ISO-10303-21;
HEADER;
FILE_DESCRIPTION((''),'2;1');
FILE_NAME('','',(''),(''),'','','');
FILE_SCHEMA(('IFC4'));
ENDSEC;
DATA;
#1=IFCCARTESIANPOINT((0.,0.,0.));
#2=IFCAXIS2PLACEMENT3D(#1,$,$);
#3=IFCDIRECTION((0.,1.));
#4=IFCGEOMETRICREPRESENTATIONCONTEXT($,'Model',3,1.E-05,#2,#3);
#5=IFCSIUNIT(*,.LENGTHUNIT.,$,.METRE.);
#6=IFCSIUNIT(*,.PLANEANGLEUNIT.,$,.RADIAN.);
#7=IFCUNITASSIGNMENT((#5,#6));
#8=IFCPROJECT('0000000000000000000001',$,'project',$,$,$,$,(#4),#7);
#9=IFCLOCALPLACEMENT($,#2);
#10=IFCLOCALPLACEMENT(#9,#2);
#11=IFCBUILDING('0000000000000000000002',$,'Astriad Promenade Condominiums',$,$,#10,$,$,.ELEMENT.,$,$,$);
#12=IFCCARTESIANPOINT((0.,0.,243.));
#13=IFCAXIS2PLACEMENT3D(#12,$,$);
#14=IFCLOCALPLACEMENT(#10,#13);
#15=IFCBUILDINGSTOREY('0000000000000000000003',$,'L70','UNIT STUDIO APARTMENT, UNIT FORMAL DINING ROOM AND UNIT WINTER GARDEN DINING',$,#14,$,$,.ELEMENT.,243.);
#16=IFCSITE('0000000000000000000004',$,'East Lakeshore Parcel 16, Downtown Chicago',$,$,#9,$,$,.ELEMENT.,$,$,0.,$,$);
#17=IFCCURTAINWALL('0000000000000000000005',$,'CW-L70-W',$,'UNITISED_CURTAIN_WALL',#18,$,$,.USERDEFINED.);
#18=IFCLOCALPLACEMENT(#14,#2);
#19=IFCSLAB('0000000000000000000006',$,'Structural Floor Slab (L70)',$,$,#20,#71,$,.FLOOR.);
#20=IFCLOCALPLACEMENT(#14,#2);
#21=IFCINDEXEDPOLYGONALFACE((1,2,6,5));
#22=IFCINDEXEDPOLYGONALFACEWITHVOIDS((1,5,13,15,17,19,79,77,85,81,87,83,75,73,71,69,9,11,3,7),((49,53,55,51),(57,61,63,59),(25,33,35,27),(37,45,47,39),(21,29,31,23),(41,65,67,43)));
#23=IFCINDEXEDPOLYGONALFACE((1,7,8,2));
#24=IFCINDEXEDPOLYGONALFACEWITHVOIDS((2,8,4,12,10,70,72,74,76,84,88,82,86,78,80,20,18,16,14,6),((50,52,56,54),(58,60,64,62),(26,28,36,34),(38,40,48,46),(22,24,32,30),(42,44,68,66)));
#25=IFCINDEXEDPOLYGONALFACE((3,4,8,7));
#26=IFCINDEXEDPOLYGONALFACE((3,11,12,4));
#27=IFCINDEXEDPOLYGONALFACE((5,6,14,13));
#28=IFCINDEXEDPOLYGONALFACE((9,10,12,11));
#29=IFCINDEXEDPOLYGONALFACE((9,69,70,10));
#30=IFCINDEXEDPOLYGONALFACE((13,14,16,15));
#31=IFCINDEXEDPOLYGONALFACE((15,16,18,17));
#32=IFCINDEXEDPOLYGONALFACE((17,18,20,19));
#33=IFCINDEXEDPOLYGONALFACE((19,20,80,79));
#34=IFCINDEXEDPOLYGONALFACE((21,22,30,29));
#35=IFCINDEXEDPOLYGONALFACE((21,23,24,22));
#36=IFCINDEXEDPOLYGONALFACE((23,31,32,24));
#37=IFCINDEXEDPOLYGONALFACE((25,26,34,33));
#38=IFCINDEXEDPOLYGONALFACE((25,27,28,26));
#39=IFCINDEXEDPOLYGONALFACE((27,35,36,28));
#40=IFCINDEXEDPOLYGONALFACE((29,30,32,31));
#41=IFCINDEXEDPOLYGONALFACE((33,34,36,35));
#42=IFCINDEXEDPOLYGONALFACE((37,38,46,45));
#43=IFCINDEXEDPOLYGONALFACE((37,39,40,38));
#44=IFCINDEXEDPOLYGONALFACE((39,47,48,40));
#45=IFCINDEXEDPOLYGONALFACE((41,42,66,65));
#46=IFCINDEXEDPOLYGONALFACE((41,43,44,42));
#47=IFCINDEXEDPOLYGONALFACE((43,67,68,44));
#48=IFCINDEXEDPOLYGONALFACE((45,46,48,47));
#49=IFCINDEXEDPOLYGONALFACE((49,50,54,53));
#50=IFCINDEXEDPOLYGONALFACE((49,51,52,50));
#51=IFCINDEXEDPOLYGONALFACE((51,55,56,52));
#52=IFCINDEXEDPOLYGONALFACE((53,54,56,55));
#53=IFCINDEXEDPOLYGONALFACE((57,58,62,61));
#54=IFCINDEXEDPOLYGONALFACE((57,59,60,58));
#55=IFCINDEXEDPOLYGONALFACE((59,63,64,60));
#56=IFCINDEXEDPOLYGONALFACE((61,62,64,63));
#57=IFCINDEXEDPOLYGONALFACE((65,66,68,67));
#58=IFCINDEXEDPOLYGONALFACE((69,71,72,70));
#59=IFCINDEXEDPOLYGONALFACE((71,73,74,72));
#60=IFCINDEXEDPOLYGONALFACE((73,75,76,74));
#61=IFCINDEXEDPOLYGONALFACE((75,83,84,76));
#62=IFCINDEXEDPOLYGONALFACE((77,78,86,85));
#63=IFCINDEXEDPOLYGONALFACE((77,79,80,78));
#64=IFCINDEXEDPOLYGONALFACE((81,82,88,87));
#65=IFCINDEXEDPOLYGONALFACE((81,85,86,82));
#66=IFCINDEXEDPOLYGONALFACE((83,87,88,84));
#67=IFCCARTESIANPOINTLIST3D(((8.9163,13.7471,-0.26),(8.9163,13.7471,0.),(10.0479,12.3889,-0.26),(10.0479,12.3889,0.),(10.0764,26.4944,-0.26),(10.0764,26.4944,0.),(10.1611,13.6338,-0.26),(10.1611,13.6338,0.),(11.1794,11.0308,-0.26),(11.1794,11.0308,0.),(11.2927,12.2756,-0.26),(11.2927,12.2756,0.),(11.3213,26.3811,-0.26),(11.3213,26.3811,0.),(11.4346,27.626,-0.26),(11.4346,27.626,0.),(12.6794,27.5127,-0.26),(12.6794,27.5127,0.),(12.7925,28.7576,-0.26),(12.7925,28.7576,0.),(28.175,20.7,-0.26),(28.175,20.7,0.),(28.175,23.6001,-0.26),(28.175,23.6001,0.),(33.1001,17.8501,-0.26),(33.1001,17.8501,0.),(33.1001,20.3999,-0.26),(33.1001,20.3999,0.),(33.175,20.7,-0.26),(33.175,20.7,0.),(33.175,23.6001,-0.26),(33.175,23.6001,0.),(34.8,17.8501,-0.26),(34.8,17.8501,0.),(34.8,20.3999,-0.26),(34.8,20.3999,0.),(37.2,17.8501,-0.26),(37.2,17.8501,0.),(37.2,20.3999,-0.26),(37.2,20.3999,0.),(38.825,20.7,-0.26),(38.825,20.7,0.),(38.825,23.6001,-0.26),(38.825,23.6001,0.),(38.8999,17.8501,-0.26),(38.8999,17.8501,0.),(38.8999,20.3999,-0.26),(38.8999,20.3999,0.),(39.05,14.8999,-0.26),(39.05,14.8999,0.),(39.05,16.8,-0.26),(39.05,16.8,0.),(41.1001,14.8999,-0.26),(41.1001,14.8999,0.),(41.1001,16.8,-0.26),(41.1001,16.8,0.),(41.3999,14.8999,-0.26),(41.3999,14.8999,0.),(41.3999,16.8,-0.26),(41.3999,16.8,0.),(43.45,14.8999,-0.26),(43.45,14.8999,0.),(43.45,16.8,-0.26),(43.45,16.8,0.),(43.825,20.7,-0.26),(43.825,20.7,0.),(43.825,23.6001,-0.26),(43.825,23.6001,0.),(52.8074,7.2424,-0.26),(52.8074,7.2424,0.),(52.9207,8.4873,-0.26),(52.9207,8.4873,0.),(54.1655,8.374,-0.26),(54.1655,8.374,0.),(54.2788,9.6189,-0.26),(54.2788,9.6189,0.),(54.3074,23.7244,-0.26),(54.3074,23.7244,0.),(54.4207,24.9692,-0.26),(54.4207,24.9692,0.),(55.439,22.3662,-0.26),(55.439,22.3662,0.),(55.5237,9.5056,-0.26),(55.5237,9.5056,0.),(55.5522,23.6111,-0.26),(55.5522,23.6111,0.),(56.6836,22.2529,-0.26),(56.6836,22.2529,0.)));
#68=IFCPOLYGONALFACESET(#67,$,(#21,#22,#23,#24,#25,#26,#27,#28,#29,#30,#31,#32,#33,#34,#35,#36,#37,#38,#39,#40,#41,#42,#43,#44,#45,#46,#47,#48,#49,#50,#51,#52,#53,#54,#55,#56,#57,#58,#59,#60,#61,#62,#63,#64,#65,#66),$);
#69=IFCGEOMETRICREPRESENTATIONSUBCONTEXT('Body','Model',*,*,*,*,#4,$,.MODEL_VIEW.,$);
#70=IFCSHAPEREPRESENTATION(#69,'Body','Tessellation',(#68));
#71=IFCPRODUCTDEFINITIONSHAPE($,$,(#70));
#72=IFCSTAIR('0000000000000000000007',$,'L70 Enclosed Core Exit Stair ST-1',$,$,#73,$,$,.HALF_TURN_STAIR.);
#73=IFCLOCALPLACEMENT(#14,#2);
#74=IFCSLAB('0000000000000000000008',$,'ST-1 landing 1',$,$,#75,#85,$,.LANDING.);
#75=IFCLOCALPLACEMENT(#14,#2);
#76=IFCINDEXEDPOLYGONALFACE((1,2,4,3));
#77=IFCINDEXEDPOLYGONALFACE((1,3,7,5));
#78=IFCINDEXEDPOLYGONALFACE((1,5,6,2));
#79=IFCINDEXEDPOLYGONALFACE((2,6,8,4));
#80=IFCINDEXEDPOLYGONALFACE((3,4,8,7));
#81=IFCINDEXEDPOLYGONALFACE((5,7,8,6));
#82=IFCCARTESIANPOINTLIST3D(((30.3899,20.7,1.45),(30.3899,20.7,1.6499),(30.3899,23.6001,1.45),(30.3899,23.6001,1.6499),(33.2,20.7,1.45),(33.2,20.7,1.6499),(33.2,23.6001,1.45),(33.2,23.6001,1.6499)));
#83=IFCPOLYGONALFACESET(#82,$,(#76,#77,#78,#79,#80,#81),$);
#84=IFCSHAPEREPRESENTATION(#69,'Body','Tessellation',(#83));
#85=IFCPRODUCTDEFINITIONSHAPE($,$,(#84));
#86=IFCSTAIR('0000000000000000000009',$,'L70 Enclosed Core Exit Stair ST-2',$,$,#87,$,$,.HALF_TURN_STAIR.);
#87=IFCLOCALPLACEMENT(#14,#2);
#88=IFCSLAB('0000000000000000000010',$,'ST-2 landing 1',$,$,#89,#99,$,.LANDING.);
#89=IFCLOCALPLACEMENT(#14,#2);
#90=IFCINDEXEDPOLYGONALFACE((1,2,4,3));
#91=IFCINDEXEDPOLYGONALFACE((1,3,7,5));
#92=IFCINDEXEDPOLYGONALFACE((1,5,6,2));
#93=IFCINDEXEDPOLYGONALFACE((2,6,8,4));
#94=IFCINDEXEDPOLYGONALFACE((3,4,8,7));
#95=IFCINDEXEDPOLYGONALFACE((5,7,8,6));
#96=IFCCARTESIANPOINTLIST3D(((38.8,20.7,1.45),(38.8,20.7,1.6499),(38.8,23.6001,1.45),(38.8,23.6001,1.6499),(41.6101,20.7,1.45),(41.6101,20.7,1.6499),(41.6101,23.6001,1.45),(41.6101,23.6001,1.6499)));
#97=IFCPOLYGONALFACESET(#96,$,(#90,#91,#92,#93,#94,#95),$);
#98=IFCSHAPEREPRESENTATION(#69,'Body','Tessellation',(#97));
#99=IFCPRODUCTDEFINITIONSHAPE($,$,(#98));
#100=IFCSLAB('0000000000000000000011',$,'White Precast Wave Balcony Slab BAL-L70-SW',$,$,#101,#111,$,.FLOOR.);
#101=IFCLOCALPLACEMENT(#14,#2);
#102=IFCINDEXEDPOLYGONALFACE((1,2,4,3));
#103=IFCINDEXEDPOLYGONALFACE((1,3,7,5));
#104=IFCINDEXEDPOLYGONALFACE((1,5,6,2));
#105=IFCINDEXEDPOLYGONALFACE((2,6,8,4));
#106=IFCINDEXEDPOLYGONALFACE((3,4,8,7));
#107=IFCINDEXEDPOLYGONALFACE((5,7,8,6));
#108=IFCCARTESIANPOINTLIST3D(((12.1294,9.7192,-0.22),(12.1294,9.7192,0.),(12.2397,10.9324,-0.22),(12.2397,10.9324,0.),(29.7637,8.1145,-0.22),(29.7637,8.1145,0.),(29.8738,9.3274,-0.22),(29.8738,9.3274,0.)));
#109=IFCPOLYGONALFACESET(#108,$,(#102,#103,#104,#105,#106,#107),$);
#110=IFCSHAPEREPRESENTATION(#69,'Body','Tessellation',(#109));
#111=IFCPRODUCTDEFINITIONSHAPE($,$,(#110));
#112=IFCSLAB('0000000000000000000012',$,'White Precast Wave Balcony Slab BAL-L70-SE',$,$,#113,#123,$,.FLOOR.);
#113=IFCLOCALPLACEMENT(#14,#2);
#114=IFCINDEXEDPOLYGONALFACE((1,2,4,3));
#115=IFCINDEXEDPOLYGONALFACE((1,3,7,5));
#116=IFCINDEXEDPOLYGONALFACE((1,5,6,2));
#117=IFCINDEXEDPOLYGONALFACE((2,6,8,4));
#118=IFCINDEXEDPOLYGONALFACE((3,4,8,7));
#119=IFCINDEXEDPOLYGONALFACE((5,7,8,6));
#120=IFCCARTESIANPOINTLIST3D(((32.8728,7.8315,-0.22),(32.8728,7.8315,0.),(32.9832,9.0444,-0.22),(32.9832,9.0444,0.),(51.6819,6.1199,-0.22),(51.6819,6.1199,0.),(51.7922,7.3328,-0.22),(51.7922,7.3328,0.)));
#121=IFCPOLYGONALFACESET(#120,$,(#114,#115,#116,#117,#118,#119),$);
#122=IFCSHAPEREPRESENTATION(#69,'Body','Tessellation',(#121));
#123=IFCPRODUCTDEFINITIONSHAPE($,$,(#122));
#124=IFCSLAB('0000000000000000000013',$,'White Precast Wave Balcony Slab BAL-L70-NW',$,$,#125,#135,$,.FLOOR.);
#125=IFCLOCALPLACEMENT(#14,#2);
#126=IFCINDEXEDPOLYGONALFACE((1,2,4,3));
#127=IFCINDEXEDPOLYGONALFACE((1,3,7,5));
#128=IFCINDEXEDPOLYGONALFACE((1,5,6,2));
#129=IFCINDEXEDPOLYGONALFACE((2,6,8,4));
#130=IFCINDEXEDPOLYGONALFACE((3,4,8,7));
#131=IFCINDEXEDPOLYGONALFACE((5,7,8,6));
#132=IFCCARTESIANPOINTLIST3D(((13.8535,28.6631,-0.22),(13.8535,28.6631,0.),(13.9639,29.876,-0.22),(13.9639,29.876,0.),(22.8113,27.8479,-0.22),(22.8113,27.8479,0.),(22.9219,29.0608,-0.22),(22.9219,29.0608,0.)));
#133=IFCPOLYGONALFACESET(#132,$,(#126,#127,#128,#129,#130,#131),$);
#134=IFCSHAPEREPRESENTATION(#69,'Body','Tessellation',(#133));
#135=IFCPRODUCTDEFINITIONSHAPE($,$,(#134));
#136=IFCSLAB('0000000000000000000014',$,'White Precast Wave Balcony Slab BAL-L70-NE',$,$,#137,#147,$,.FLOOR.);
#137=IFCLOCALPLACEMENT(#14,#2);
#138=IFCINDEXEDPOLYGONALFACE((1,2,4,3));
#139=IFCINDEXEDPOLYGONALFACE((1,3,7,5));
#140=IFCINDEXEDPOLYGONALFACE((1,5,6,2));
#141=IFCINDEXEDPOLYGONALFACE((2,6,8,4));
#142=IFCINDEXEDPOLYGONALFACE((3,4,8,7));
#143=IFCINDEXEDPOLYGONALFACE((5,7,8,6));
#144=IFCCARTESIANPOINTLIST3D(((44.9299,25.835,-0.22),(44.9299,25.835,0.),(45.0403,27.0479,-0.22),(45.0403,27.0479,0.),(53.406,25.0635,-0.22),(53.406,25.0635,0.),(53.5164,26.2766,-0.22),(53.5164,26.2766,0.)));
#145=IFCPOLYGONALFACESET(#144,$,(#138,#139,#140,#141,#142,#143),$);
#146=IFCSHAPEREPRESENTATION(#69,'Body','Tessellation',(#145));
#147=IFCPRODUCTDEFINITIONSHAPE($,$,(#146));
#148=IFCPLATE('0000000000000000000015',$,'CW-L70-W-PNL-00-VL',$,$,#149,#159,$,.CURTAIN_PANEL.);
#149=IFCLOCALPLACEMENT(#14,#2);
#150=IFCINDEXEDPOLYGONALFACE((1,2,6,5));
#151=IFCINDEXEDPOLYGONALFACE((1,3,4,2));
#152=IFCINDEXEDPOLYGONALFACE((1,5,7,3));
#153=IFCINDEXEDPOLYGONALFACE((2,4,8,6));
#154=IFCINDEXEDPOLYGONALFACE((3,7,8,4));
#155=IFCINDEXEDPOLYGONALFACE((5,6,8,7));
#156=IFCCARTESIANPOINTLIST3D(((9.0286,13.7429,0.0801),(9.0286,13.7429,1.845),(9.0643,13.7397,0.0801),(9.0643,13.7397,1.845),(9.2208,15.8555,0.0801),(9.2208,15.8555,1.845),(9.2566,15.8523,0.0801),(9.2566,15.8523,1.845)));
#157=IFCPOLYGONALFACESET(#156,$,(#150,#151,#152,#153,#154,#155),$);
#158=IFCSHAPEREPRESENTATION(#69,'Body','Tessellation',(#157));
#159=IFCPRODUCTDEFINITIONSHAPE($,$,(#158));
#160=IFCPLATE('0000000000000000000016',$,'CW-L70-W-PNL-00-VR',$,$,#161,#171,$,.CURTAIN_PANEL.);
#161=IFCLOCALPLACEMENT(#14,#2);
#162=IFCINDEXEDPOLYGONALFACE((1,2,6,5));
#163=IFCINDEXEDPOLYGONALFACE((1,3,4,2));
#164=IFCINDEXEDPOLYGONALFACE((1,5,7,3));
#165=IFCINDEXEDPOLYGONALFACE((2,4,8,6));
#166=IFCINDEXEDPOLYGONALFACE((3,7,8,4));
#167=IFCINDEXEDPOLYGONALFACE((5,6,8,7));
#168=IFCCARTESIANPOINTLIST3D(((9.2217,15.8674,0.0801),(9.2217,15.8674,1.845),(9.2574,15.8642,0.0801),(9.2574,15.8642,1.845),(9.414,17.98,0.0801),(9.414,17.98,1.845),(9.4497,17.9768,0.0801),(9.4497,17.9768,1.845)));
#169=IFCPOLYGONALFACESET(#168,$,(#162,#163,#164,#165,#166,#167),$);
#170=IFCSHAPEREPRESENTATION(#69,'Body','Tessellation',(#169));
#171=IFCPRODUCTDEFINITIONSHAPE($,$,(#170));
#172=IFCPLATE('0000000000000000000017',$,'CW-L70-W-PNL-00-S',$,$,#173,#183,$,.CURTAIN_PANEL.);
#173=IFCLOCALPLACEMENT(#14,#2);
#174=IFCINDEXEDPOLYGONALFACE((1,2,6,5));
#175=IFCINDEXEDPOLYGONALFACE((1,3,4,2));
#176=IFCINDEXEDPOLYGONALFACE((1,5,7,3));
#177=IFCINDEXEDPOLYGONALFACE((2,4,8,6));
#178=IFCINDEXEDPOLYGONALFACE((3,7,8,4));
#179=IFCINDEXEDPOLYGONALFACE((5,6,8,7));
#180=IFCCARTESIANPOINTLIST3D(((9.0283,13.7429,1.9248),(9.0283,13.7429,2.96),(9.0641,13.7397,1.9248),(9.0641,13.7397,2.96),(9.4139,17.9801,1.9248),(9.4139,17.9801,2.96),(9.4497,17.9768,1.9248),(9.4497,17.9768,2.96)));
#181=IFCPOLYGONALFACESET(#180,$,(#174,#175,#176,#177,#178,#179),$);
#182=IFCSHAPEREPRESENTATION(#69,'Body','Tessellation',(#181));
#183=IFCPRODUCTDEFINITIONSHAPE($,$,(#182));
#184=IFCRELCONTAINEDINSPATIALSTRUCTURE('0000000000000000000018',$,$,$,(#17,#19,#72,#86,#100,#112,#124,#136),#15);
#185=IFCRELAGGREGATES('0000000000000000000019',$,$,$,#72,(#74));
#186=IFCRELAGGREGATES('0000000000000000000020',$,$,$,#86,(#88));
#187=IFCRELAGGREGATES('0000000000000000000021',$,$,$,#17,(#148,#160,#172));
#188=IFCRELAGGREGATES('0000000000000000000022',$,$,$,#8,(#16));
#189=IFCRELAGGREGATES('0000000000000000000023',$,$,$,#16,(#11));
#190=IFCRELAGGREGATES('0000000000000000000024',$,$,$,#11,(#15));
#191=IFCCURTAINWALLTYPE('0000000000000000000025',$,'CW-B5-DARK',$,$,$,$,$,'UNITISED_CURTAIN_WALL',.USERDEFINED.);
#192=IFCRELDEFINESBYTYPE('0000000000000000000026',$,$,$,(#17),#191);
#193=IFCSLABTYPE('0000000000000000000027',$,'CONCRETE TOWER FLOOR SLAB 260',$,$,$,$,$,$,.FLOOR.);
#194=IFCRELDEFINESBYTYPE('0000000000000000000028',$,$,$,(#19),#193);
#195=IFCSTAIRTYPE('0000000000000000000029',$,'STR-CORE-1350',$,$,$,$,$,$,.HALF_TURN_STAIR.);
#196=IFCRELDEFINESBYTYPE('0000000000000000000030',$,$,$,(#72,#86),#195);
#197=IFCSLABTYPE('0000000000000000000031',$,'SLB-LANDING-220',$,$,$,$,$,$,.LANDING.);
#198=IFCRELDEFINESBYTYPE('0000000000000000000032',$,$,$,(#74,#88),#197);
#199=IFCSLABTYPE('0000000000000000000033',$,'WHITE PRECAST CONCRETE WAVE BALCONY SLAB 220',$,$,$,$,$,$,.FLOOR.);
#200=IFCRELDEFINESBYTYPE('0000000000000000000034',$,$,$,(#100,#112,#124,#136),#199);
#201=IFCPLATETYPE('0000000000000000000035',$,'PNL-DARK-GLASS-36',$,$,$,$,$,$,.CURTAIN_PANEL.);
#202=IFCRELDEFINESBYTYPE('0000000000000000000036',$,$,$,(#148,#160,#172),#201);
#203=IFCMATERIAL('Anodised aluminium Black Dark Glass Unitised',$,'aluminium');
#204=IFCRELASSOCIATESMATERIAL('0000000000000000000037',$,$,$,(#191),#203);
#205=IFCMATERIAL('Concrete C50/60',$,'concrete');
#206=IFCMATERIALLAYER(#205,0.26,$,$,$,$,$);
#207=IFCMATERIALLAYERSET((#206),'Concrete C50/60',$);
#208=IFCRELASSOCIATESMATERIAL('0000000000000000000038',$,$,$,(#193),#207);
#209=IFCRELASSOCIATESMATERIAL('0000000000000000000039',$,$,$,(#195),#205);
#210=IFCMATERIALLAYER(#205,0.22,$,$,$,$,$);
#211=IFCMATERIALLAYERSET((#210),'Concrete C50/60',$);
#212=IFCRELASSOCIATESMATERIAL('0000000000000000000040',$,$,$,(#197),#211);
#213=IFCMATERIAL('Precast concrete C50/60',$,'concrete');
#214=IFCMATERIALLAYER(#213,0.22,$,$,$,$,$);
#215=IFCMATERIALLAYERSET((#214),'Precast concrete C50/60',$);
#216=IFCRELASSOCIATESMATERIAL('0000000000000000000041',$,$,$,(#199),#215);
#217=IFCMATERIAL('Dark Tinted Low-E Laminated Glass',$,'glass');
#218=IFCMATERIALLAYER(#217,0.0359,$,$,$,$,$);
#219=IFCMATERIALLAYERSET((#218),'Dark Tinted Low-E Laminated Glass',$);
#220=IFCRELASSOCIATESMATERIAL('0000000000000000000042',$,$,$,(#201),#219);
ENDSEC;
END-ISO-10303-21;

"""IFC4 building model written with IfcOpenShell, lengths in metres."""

from ifc_helpers import new_model, si_unit, direction, frame, origin, origin_2d, place, context, subcontext, project, spatial, polyline, rectangle, outline, extrude, source, transform, mapped, material, layer, layer_set, type_object, type_shapes, element, aggregate, save


model = new_model("IFC4")

# Units and contexts
model_context = context("Model", 3, precision=1e-05, world=origin(), true_north=direction((0.0, 1.0)))
body_context = subcontext(model_context, "Body", "Model", "MODEL_VIEW")
ifc_project = project(units=[si_unit("LENGTHUNIT", "METRE"), si_unit("PLANEANGLEUNIT", "RADIAN")], contexts=[model_context])

# Site, building, storey
site_placement = place(None, origin())
site = spatial("IfcSite", under=ifc_project, at=site_placement, Name="East Lakeshore Parcel 16, Downtown Chicago", CompositionType="ELEMENT", RefElevation=0.0)
building_placement = place(site_placement, origin())
building = spatial("IfcBuilding", under=site, at=building_placement, Name="Astriad Promenade Condominiums", CompositionType="ELEMENT")
storey_placement = place(building_placement, frame((0.0, 0.0, 243.0)))
storey = spatial("IfcBuildingStorey", under=building, at=storey_placement, Name="L70", Description="UNIT STUDIO APARTMENT, UNIT FORMAL DINING ROOM AND UNIT WINTER GARDEN DINING", CompositionType="ELEMENT", Elevation=243.0)

# Shared definitions
ifc_material_1 = material(Name="Concrete C50/60", Category="concrete")

# Curtain wall
ifc_material_2 = material(Name="Anodised aluminium Black Dark Glass Unitised", Category="aluminium")
curtain_wall_type = type_object("IfcCurtainWallType", Name="CW-B5-DARK", ElementType="UNITISED_CURTAIN_WALL", PredefinedType="USERDEFINED", material=ifc_material_2)
curtain_wall_placement = place(storey_placement, origin())
curtain_wall = element("IfcCurtainWall", 1, at=curtain_wall_placement, inside=storey, type_object=curtain_wall_type, Name="CW-L70-W", ObjectType="UNITISED_CURTAIN_WALL", PredefinedType="USERDEFINED")

# Slab
ifc_layer_1 = layer(ifc_material_1, 0.26)
ifc_layer_set_1 = layer_set([ifc_layer_1], Name="Concrete C50/60")
slab_type_1 = type_object("IfcSlabType", Name="CONCRETE TOWER FLOOR SLAB 260", PredefinedType="FLOOR", material=ifc_layer_set_1)
slab_1_placement = place(storey_placement, frame((0.0, 0.0, -0.26)))
element("IfcSlab", 2, at=slab_1_placement, inside=storey, type_object=slab_type_1, Name="Structural Floor Slab (L70)", PredefinedType="FLOOR", context=body_context, shape_type="SweptSolid", body=[
    extrude(outline(polyline([(11.1794, 11.0308), (52.8074, 7.2424), (52.9207, 8.4873), (54.1655, 8.374), (54.2788, 9.6189), (55.5237, 9.5056), (56.6836, 22.2529), (55.439, 22.3662), (55.5522, 23.6111), (54.3074, 23.7244), (54.4207, 24.9692), (12.7925, 28.7576), (12.6794, 27.5127), (11.4346, 27.626), (11.3213, 26.3811), (10.0764, 26.4944), (8.9163, 13.7471), (10.1611, 13.6338), (10.0479, 12.3889), (11.2927, 12.2756), (11.1794, 11.0308)]), holes=[polyline([(28.175, 20.7), (33.175, 20.7), (33.175, 23.6001), (28.175, 23.6001), (28.175, 20.7)]), polyline([(38.825, 20.7), (43.825, 20.7), (43.825, 23.6001), (38.825, 23.6001), (38.825, 20.7)]), polyline([(33.1001, 17.8501), (34.8, 17.8501), (34.8, 20.3999), (33.1001, 20.3999), (33.1001, 17.8501)]), polyline([(37.2, 17.8501), (38.8999, 17.8501), (38.8999, 20.3999), (37.2, 20.3999), (37.2, 17.8501)]), polyline([(39.05, 14.8999), (41.1001, 14.8999), (41.1001, 16.8), (39.05, 16.8), (39.05, 14.8999)]), polyline([(41.3999, 14.8999), (43.45, 14.8999), (43.45, 16.8), (41.3999, 16.8), (41.3999, 14.8999)])]), origin(), (0.0, 0.0, 1.0), 0.26),
])

# Stairs, slabs
stair_type = type_object("IfcStairType", Name="STR-CORE-1350", PredefinedType="HALF_TURN_STAIR", material=ifc_material_1)
stair_1_placement = place(storey_placement, origin())
stair_1 = element("IfcStair", 3, at=stair_1_placement, inside=storey, type_object=stair_type, Name="L70 Enclosed Core Exit Stair ST-1", PredefinedType="HALF_TURN_STAIR")
ifc_layer_2 = layer(ifc_material_1, 0.22)
ifc_layer_set_2 = layer_set([ifc_layer_2], Name="Concrete C50/60")
slab_type_2 = type_object("IfcSlabType", Name="SLB-LANDING-220", PredefinedType="LANDING", material=ifc_layer_set_2)
slab_2_placement = place(storey_placement, frame((0.0, 0.0, 1.45)))
slab_2 = element("IfcSlab", 4, at=slab_2_placement, type_object=slab_type_2, Name="ST-1 landing 1", PredefinedType="LANDING", context=body_context, shape_type="SweptSolid", body=[
    extrude(outline(polyline([(30.3899, 20.7), (33.2, 20.7), (33.2, 23.6001), (30.3899, 23.6001), (30.3899, 20.7)])), origin(), (0.0, 0.0, 1.0), 0.2),
])
aggregate(stair_1, [slab_2])
stair_2_placement = place(storey_placement, origin())
stair_2 = element("IfcStair", 5, at=stair_2_placement, inside=storey, type_object=stair_type, Name="L70 Enclosed Core Exit Stair ST-2", PredefinedType="HALF_TURN_STAIR")
slab_3_placement = place(storey_placement, frame((0.0, 0.0, 1.45)))
slab_3 = element("IfcSlab", 6, at=slab_3_placement, type_object=slab_type_2, Name="ST-2 landing 1", PredefinedType="LANDING", context=body_context, shape_type="SweptSolid", body=[
    extrude(outline(polyline([(41.6101, 23.6001), (38.8, 23.6001), (38.8, 20.7), (41.6101, 20.7), (41.6101, 23.6001)])), origin(), (0.0, 0.0, 1.0), 0.2),
])
aggregate(stair_2, [slab_3])

# Slabs
ifc_material_3 = material(Name="Precast concrete C50/60", Category="concrete")
ifc_layer_3 = layer(ifc_material_3, 0.22)
ifc_layer_set_3 = layer_set([ifc_layer_3], Name="Precast concrete C50/60")
slab_type_3 = type_object("IfcSlabType", Name="WHITE PRECAST CONCRETE WAVE BALCONY SLAB 220", PredefinedType="FLOOR", material=ifc_layer_set_3)
slab_4_placement = place(storey_placement, frame((0.0, 0.0, -0.22)))
element("IfcSlab", 7, at=slab_4_placement, inside=storey, type_object=slab_type_3, Name="White Precast Wave Balcony Slab BAL-L70-SW", PredefinedType="FLOOR", context=body_context, shape_type="SweptSolid", body=[
    extrude(outline(polyline([(29.7637, 8.1145), (12.1294, 9.7192), (12.2397, 10.9324), (29.8738, 9.3274), (29.7637, 8.1145)])), origin(), (0.0, 0.0, 1.0), 0.22),
])
slab_5_placement = place(storey_placement, frame((0.0, 0.0, -0.22)))
element("IfcSlab", 8, at=slab_5_placement, inside=storey, type_object=slab_type_3, Name="White Precast Wave Balcony Slab BAL-L70-SE", PredefinedType="FLOOR", context=body_context, shape_type="SweptSolid", body=[
    extrude(outline(polyline([(51.6819, 6.1199), (32.8728, 7.8315), (32.9832, 9.0444), (51.7922, 7.3328), (51.6819, 6.1199)])), origin(), (0.0, 0.0, 1.0), 0.22),
])
slab_6_placement = place(storey_placement, frame((0.0, 0.0, -0.22)))
element("IfcSlab", 9, at=slab_6_placement, inside=storey, type_object=slab_type_3, Name="White Precast Wave Balcony Slab BAL-L70-NW", PredefinedType="FLOOR", context=body_context, shape_type="SweptSolid", body=[
    extrude(outline(polyline([(13.9639, 29.876), (22.9219, 29.0608), (22.8113, 27.8479), (13.8535, 28.6631), (13.9639, 29.876)])), origin(), (0.0, 0.0, 1.0), 0.22),
])
slab_7_placement = place(storey_placement, frame((0.0, 0.0, -0.22)))
element("IfcSlab", 10, at=slab_7_placement, inside=storey, type_object=slab_type_3, Name="White Precast Wave Balcony Slab BAL-L70-NE", PredefinedType="FLOOR", context=body_context, shape_type="SweptSolid", body=[
    extrude(outline(polyline([(45.0403, 27.0479), (53.5164, 26.2766), (53.406, 25.0635), (44.9299, 25.835), (45.0403, 27.0479)])), origin(), (0.0, 0.0, 1.0), 0.22),
])

# Plates
ifc_material_4 = material(Name="Dark Tinted Low-E Laminated Glass", Category="glass")
ifc_layer_4 = layer(ifc_material_4, 0.0359)
ifc_layer_set_4 = layer_set([ifc_layer_4], Name="Dark Tinted Low-E Laminated Glass")
plate_type = type_object("IfcPlateType", Name="PNL-DARK-GLASS-36", PredefinedType="CURTAIN_PANEL", material=ifc_layer_set_4)
shared_shape_1 = source(origin(), body_context, "Body", "SweptSolid", [
    extrude(rectangle(XDim=2.1213, YDim=0.0359, at=origin_2d()), origin(), (0.0, 0.0, 1.0), 1.7649),
])
plate_1_placement = place(storey_placement, frame((9.1426, 14.7976, 0.0801), z_axis=(0.0, 0.0, 1.0), x_axis=(0.090633, 0.995884, 0.0)))
plate_1 = element("IfcPlate", 11, at=plate_1_placement, type_object=plate_type, Name="CW-L70-W-PNL-00-VL", PredefinedType="CURTAIN_PANEL", context=body_context, shape_type="MappedRepresentation", body=[
    mapped(shared_shape_1, transform((0.0, 0.0, 0.0), scale=1.0)),
])
plate_2_placement = place(storey_placement, frame((9.3357, 16.9221, 0.0801), z_axis=(0.0, 0.0, 1.0), x_axis=(0.090633, 0.995884, 0.0)))
plate_2 = element("IfcPlate", 12, at=plate_2_placement, type_object=plate_type, Name="CW-L70-W-PNL-00-VR", PredefinedType="CURTAIN_PANEL", context=body_context, shape_type="MappedRepresentation", body=[
    mapped(shared_shape_1, transform((0.0, 0.0, 0.0), scale=1.0)),
])
shared_shape_2 = source(origin(), body_context, "Body", "SweptSolid", [
    extrude(rectangle(XDim=4.2546, YDim=0.0359, at=origin_2d()), origin(), (0.0, 0.0, 1.0), 1.0352),
])
type_shapes(plate_type, [shared_shape_1, shared_shape_2])
plate_3_placement = place(storey_placement, frame((9.239, 15.8599, 1.9248), z_axis=(0.0, 0.0, 1.0), x_axis=(0.090633, 0.995884, 0.0)))
plate_3 = element("IfcPlate", 13, at=plate_3_placement, type_object=plate_type, Name="CW-L70-W-PNL-00-S", PredefinedType="CURTAIN_PANEL", context=body_context, shape_type="MappedRepresentation", body=[
    mapped(shared_shape_2, transform((0.0, 0.0, 0.0), scale=1.0)),
])
aggregate(curtain_wall, [plate_1, plate_2, plate_3])

save(model, "model.ifc")
